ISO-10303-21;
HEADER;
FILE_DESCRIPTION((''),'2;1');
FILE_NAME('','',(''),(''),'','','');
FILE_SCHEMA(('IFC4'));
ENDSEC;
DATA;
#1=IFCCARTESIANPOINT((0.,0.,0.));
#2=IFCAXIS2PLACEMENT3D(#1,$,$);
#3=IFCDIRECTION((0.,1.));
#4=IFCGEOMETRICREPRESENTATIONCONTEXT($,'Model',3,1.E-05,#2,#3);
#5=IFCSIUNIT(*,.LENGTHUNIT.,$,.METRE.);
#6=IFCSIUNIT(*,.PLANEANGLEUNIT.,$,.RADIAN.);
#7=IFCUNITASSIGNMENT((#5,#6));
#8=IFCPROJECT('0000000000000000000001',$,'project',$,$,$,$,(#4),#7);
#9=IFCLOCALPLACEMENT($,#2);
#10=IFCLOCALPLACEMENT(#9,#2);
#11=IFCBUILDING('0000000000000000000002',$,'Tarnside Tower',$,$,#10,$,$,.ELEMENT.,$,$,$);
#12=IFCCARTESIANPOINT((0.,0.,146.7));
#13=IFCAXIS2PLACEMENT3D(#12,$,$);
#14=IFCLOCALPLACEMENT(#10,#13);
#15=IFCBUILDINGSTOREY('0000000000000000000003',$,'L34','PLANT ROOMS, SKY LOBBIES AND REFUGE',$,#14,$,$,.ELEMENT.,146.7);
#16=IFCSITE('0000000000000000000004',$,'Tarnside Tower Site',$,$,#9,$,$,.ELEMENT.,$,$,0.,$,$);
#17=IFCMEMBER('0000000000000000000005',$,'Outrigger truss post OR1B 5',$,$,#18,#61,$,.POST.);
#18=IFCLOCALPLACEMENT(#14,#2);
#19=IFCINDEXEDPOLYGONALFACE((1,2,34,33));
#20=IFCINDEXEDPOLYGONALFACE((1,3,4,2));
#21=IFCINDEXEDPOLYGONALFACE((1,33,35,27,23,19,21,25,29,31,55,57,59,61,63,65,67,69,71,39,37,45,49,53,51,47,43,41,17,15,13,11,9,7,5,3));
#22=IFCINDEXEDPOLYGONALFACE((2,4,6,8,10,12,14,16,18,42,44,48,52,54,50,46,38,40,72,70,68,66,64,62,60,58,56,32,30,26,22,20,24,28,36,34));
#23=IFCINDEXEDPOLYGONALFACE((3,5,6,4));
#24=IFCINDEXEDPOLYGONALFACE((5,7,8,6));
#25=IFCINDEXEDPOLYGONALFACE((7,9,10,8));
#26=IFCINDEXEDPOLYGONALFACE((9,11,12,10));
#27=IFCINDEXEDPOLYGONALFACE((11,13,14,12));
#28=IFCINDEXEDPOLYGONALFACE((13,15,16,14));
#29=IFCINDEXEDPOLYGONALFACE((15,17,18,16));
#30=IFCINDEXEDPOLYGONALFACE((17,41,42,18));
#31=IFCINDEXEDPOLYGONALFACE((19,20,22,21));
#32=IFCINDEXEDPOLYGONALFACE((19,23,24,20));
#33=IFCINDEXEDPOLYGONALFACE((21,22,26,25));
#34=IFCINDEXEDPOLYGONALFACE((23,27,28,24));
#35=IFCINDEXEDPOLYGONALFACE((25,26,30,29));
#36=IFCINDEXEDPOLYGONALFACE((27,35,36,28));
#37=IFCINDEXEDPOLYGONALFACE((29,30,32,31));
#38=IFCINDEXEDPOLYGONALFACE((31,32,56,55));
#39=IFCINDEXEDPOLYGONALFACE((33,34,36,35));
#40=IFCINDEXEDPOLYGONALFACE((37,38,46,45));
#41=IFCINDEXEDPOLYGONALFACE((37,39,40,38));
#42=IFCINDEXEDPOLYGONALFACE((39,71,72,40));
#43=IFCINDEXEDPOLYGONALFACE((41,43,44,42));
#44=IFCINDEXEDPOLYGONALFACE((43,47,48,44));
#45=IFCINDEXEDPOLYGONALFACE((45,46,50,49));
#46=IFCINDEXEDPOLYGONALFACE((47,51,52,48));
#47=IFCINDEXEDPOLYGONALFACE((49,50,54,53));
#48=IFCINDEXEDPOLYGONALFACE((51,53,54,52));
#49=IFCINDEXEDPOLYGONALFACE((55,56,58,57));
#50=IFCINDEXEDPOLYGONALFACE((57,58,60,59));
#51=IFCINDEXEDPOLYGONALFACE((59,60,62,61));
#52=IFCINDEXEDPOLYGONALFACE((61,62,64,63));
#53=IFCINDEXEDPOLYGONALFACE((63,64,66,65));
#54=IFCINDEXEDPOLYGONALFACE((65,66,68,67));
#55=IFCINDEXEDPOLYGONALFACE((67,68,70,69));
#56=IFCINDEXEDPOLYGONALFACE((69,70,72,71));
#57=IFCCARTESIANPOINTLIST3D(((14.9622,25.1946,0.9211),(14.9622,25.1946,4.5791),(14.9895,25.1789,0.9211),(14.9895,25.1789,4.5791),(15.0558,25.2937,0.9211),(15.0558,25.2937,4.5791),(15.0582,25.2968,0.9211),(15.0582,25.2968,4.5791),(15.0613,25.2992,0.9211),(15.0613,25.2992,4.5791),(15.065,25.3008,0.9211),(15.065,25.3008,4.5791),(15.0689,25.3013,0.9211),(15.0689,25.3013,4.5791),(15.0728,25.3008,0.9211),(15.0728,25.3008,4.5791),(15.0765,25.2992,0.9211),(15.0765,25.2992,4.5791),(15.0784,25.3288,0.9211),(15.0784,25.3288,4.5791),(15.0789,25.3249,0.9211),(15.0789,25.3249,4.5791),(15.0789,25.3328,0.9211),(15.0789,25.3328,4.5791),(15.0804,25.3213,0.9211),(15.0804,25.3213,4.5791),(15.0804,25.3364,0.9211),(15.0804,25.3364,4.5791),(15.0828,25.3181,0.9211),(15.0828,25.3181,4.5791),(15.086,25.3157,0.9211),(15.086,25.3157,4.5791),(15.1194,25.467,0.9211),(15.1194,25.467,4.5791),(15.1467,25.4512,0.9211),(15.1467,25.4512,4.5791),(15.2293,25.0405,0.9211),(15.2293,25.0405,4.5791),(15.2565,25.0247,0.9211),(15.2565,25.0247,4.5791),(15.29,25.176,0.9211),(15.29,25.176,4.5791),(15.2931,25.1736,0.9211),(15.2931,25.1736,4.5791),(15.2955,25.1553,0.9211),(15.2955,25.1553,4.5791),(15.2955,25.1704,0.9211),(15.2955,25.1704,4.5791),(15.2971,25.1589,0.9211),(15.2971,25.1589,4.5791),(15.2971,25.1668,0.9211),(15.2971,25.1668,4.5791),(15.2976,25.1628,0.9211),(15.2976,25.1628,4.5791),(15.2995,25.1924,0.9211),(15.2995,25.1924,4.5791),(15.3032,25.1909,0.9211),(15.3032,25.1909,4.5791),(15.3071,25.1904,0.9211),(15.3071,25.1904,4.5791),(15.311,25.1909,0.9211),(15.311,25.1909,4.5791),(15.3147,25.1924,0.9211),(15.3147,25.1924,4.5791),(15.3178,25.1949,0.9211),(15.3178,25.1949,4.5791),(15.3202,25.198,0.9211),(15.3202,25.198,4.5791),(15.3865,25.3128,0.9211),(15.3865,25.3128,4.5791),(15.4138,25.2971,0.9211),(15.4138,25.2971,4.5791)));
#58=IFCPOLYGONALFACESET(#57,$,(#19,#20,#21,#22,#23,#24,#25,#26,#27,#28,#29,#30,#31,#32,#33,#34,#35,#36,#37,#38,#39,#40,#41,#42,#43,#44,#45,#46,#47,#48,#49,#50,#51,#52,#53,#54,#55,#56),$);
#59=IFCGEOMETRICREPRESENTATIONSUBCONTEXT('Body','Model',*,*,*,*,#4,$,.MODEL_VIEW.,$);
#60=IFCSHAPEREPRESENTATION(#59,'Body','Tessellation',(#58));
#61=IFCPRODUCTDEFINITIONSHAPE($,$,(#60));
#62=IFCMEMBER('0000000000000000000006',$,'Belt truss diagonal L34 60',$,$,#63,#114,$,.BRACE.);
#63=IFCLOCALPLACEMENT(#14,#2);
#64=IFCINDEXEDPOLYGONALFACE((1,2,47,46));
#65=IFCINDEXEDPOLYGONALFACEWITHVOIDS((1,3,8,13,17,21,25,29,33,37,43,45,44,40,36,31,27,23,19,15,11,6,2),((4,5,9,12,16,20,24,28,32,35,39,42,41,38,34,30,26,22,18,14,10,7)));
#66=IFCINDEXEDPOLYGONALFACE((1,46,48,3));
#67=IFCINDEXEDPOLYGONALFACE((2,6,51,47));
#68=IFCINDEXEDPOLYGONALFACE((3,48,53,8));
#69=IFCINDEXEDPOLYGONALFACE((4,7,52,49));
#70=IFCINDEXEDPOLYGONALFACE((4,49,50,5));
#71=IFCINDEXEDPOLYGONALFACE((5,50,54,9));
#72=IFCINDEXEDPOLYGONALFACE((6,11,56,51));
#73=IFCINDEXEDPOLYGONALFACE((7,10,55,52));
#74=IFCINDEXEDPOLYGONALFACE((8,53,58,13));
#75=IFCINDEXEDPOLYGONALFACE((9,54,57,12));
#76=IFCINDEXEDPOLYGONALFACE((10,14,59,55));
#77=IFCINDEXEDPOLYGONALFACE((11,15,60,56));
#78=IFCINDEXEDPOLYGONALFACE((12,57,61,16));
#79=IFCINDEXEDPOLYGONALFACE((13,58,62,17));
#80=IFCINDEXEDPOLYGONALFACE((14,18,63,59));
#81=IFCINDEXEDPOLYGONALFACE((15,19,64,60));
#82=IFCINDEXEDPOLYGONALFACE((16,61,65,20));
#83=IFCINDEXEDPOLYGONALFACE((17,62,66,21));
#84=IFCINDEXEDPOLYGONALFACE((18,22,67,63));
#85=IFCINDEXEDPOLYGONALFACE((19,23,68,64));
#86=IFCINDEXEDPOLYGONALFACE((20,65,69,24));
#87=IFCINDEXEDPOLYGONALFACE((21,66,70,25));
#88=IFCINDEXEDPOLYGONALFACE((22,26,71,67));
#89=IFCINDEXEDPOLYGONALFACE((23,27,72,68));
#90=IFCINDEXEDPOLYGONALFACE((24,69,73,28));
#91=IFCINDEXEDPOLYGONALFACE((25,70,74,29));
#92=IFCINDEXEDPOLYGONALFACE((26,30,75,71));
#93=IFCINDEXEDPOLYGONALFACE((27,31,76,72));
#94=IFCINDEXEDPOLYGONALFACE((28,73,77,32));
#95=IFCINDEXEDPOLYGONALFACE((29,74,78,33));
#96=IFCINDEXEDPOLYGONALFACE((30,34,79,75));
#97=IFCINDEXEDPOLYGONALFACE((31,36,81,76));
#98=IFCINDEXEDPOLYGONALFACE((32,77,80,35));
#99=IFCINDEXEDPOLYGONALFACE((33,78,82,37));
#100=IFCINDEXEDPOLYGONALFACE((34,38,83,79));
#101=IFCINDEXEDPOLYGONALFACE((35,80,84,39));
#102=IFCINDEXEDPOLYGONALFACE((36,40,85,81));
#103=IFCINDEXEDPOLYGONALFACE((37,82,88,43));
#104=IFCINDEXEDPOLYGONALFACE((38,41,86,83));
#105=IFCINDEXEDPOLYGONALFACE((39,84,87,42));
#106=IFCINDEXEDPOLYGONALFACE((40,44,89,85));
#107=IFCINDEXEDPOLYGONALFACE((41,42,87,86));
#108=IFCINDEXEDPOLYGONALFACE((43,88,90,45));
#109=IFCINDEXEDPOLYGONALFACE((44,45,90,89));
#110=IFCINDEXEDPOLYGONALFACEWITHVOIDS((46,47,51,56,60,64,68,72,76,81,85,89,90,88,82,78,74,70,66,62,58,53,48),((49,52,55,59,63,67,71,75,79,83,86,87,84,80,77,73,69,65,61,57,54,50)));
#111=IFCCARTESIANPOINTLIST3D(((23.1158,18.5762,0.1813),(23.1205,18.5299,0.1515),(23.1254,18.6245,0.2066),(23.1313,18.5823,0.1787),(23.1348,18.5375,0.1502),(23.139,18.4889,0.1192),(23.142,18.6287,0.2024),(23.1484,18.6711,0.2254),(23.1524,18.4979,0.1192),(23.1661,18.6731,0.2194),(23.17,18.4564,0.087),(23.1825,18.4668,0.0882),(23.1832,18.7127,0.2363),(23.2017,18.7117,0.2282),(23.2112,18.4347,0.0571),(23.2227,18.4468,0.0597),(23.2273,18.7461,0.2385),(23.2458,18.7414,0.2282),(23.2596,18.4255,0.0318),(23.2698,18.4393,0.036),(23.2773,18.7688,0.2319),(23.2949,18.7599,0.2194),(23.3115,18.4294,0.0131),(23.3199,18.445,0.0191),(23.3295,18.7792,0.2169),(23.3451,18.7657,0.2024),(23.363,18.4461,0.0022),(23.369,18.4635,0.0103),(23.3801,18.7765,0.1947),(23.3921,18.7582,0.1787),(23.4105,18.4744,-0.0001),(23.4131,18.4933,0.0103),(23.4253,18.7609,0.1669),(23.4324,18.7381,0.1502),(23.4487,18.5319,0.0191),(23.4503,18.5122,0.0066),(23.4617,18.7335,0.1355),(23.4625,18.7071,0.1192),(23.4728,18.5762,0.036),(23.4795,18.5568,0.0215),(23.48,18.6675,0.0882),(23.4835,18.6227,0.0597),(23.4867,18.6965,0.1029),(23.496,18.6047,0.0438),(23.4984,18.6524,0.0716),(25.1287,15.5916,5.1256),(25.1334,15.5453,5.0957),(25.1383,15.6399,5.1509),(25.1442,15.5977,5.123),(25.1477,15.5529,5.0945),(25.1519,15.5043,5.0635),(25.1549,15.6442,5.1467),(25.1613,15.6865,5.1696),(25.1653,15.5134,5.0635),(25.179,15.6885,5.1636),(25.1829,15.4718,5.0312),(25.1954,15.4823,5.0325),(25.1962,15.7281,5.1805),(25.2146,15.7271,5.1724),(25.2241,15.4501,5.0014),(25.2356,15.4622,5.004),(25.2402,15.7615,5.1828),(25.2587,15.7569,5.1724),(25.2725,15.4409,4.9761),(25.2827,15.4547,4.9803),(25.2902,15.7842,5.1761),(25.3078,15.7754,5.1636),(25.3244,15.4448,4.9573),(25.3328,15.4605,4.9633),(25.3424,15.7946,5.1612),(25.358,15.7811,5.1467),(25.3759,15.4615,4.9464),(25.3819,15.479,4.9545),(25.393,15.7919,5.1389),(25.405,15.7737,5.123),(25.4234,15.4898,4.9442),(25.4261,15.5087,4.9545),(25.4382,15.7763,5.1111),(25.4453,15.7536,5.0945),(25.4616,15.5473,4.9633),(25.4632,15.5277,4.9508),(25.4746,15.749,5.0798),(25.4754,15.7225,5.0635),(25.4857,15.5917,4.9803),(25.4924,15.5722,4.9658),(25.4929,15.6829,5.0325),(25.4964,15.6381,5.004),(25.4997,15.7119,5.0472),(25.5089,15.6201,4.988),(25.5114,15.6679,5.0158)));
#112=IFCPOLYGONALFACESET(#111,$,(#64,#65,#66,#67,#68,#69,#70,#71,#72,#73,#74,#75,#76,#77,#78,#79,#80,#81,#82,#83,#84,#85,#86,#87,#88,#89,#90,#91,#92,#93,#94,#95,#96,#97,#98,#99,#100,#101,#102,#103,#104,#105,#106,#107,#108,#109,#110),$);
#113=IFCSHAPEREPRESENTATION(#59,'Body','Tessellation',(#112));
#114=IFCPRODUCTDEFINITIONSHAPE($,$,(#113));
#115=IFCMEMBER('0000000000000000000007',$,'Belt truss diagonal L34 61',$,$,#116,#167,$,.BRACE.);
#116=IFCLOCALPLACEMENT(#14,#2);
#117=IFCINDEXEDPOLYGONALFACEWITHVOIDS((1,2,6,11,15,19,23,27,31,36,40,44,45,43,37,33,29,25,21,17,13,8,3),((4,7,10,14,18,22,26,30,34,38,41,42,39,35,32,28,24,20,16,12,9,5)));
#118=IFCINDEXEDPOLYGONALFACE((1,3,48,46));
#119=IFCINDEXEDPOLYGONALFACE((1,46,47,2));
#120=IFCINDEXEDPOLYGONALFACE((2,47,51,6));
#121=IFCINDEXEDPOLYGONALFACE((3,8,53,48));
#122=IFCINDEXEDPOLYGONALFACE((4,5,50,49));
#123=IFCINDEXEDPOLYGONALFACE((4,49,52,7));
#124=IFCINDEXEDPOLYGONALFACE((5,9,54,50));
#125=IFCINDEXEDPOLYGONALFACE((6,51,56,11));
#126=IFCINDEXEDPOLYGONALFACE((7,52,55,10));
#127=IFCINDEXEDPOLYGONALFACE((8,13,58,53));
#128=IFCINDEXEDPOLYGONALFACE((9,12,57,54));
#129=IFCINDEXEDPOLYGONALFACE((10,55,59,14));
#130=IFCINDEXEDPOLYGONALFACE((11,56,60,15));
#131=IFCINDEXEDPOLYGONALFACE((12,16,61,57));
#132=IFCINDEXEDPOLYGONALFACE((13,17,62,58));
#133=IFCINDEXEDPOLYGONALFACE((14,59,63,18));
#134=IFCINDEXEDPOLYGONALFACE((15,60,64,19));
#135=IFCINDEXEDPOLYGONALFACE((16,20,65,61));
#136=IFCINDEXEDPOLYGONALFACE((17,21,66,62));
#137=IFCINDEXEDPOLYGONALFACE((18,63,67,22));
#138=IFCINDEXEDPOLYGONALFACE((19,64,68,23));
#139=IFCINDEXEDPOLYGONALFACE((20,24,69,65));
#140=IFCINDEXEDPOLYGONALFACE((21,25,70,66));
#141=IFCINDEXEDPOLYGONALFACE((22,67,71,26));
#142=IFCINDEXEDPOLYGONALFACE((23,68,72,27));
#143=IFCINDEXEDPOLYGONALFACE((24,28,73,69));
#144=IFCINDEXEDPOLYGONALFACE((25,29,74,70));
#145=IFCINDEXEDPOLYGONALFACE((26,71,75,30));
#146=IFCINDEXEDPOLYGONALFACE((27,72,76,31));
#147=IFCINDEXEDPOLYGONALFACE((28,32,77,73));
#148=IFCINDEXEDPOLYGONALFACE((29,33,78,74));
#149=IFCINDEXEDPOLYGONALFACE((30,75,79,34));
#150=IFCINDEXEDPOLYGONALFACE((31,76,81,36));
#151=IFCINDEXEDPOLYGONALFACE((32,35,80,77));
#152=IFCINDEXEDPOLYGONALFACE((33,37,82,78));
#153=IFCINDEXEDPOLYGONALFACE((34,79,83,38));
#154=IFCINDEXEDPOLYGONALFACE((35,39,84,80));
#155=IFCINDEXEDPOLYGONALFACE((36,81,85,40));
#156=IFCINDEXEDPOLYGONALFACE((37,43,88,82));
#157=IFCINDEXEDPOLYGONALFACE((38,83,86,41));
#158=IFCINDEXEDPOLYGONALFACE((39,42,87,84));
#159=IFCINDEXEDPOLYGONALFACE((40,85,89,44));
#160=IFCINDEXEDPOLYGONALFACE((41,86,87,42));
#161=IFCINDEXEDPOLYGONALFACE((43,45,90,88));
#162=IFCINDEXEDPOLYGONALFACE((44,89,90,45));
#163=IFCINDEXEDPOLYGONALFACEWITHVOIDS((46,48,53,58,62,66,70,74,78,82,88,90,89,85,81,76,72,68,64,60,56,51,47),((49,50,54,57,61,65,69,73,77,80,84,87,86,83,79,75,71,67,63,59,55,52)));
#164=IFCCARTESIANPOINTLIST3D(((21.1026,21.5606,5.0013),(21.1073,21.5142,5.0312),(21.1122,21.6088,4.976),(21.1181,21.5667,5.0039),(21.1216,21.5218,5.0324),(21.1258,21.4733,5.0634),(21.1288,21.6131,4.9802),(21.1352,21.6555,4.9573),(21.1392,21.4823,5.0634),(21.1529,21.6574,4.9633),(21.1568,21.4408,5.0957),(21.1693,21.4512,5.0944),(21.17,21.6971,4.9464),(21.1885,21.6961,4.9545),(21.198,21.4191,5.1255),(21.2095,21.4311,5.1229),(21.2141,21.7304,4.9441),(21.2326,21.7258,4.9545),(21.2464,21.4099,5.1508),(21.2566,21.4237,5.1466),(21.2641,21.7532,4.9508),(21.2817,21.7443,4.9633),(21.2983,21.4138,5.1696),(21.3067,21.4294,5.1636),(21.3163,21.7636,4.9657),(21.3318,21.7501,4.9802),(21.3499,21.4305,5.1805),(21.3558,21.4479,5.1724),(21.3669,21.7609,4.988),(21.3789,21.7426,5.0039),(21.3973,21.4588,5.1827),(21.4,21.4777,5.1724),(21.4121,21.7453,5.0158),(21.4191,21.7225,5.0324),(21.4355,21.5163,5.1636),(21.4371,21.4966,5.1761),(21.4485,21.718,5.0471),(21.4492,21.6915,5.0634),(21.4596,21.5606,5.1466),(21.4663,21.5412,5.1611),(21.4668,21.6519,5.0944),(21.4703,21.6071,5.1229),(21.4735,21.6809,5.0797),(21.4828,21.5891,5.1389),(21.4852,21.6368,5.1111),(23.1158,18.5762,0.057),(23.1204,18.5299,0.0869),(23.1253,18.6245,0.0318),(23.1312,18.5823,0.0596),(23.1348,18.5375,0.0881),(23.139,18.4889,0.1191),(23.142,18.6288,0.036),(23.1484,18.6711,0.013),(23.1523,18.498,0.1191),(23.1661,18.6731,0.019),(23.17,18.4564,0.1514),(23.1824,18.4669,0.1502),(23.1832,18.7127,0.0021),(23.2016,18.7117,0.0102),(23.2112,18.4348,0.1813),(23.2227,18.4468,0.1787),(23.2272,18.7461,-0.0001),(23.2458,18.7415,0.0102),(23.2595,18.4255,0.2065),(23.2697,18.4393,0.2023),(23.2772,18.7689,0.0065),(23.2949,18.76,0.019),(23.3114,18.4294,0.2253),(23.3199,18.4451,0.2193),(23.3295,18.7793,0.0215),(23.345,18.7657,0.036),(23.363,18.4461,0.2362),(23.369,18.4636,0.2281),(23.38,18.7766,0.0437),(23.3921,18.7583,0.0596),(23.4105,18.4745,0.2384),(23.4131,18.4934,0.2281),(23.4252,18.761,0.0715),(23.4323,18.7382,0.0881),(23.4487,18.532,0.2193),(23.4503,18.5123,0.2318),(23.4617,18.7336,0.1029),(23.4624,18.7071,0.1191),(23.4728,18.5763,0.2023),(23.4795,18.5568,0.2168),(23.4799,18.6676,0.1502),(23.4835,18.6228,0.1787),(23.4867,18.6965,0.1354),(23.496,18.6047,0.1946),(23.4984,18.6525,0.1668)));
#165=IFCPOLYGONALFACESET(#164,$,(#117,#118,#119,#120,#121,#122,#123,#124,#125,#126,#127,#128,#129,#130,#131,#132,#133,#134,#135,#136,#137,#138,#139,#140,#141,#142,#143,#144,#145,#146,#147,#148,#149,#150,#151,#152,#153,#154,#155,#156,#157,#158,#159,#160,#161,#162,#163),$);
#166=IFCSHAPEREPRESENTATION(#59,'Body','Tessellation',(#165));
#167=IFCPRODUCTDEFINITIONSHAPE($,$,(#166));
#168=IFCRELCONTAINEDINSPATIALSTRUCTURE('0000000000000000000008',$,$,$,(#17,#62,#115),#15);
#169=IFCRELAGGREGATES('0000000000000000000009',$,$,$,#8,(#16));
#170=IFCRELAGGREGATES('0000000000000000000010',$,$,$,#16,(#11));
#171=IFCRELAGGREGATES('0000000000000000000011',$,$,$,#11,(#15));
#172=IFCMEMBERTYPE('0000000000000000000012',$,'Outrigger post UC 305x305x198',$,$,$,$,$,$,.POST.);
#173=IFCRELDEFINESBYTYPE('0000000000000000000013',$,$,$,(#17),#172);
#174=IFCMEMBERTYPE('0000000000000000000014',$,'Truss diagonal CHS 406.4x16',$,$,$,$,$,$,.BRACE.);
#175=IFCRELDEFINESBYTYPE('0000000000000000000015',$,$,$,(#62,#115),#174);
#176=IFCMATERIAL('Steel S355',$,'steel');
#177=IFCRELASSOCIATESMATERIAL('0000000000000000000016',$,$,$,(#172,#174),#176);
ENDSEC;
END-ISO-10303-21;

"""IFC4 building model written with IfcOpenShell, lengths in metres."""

from ifc_helpers import new_model, si_unit, direction, frame, origin, origin_2d, place, context, subcontext, project, spatial, hollow_circle, i_section, extrude, material, material_profile, profile_set, type_object, element, save


model = new_model("IFC4")

# Units and contexts
model_context = context("Model", 3, precision=1e-05, world=origin(), true_north=direction((0.0, 1.0)))
body_context = subcontext(model_context, "Body", "Model", "MODEL_VIEW")
ifc_project = project(units=[si_unit("LENGTHUNIT", "METRE"), si_unit("PLANEANGLEUNIT", "RADIAN")], contexts=[model_context])

# Site, building, storey
site_placement = place(None, origin())
site = spatial("IfcSite", under=ifc_project, at=site_placement, Name="Tarnside Tower Site", CompositionType="ELEMENT", RefElevation=0.0)
building_placement = place(site_placement, origin())
building = spatial("IfcBuilding", under=site, at=building_placement, Name="Tarnside Tower", CompositionType="ELEMENT")
storey_placement = place(building_placement, frame((0.0, 0.0, 146.7)))
storey = spatial("IfcBuildingStorey", under=building, at=storey_placement, Name="L34", Description="PLANT ROOMS, SKY LOBBIES AND REFUGE", CompositionType="ELEMENT", Elevation=146.7)

# Shared definitions
ifc_material_1 = material(Name="Steel S355", Category="steel")

# Members
ifc_material_profile_1 = material_profile(ifc_material_1, i_section(OverallWidth=0.3145, OverallDepth=0.3398, WebThickness=0.019, FlangeThickness=0.0315, FilletRadius=0.0151, at=origin_2d()), Name="UC 305x305x198")
ifc_profile_set_1 = profile_set([ifc_material_profile_1], Name="Steel S355")
member_type_1 = type_object("IfcMemberType", Name="Outrigger post UC 305x305x198", PredefinedType="POST", material=ifc_profile_set_1)
member_1_placement = place(storey_placement, frame((15.188, 25.2458, 0.9211), z_axis=(0.0, 0.0, 1.0), x_axis=(0.5, 0.866025, 0.0)))
element("IfcMember", 1, at=member_1_placement, inside=storey, type_object=member_type_1, Name="Outrigger truss post OR1B 5", PredefinedType="POST", context=body_context, shape_type="SweptSolid", body=[
    extrude(i_section(OverallWidth=0.3145, OverallDepth=0.3398, WebThickness=0.019, FlangeThickness=0.0315, FilletRadius=0.0151, at=origin_2d()), origin(), (0.0, 0.0, 1.0), 3.658),
])
ifc_material_profile_2 = material_profile(ifc_material_1, hollow_circle(Radius=0.2031, WallThickness=0.0161, at=origin_2d()), Name="CHS 406.4x16")
ifc_profile_set_2 = profile_set([ifc_material_profile_2], Name="Steel S355")
member_type_2 = type_object("IfcMemberType", Name="Truss diagonal CHS 406.4x16", PredefinedType="BRACE", material=ifc_profile_set_2)
for number, where, z_axis, x_axis, name in (
    (2, (25.3203, 15.6179, 5.0635), (-0.329123, 0.487996, -0.808417), (-0.829065, -0.559153, 0.0), "Belt truss diagonal L34 60"),
    (3, (23.3074, 18.6025, 0.1191), (-0.329165, 0.487959, 0.808422), (-0.829012, -0.559231, 0.0), "Belt truss diagonal L34 61"),
):
    element("IfcMember", number, at=place(storey_placement, frame(where, z_axis=z_axis, x_axis=x_axis)), inside=storey, type_object=member_type_2, Name=name, PredefinedType="BRACE", context=body_context, shape_type="SweptSolid", body=[
        extrude(hollow_circle(Radius=0.2031, WallThickness=0.0161, at=origin_2d()), origin(), (0.0, 0.0, 1.0), 6.116),
    ])

save(model, "model.ifc")
